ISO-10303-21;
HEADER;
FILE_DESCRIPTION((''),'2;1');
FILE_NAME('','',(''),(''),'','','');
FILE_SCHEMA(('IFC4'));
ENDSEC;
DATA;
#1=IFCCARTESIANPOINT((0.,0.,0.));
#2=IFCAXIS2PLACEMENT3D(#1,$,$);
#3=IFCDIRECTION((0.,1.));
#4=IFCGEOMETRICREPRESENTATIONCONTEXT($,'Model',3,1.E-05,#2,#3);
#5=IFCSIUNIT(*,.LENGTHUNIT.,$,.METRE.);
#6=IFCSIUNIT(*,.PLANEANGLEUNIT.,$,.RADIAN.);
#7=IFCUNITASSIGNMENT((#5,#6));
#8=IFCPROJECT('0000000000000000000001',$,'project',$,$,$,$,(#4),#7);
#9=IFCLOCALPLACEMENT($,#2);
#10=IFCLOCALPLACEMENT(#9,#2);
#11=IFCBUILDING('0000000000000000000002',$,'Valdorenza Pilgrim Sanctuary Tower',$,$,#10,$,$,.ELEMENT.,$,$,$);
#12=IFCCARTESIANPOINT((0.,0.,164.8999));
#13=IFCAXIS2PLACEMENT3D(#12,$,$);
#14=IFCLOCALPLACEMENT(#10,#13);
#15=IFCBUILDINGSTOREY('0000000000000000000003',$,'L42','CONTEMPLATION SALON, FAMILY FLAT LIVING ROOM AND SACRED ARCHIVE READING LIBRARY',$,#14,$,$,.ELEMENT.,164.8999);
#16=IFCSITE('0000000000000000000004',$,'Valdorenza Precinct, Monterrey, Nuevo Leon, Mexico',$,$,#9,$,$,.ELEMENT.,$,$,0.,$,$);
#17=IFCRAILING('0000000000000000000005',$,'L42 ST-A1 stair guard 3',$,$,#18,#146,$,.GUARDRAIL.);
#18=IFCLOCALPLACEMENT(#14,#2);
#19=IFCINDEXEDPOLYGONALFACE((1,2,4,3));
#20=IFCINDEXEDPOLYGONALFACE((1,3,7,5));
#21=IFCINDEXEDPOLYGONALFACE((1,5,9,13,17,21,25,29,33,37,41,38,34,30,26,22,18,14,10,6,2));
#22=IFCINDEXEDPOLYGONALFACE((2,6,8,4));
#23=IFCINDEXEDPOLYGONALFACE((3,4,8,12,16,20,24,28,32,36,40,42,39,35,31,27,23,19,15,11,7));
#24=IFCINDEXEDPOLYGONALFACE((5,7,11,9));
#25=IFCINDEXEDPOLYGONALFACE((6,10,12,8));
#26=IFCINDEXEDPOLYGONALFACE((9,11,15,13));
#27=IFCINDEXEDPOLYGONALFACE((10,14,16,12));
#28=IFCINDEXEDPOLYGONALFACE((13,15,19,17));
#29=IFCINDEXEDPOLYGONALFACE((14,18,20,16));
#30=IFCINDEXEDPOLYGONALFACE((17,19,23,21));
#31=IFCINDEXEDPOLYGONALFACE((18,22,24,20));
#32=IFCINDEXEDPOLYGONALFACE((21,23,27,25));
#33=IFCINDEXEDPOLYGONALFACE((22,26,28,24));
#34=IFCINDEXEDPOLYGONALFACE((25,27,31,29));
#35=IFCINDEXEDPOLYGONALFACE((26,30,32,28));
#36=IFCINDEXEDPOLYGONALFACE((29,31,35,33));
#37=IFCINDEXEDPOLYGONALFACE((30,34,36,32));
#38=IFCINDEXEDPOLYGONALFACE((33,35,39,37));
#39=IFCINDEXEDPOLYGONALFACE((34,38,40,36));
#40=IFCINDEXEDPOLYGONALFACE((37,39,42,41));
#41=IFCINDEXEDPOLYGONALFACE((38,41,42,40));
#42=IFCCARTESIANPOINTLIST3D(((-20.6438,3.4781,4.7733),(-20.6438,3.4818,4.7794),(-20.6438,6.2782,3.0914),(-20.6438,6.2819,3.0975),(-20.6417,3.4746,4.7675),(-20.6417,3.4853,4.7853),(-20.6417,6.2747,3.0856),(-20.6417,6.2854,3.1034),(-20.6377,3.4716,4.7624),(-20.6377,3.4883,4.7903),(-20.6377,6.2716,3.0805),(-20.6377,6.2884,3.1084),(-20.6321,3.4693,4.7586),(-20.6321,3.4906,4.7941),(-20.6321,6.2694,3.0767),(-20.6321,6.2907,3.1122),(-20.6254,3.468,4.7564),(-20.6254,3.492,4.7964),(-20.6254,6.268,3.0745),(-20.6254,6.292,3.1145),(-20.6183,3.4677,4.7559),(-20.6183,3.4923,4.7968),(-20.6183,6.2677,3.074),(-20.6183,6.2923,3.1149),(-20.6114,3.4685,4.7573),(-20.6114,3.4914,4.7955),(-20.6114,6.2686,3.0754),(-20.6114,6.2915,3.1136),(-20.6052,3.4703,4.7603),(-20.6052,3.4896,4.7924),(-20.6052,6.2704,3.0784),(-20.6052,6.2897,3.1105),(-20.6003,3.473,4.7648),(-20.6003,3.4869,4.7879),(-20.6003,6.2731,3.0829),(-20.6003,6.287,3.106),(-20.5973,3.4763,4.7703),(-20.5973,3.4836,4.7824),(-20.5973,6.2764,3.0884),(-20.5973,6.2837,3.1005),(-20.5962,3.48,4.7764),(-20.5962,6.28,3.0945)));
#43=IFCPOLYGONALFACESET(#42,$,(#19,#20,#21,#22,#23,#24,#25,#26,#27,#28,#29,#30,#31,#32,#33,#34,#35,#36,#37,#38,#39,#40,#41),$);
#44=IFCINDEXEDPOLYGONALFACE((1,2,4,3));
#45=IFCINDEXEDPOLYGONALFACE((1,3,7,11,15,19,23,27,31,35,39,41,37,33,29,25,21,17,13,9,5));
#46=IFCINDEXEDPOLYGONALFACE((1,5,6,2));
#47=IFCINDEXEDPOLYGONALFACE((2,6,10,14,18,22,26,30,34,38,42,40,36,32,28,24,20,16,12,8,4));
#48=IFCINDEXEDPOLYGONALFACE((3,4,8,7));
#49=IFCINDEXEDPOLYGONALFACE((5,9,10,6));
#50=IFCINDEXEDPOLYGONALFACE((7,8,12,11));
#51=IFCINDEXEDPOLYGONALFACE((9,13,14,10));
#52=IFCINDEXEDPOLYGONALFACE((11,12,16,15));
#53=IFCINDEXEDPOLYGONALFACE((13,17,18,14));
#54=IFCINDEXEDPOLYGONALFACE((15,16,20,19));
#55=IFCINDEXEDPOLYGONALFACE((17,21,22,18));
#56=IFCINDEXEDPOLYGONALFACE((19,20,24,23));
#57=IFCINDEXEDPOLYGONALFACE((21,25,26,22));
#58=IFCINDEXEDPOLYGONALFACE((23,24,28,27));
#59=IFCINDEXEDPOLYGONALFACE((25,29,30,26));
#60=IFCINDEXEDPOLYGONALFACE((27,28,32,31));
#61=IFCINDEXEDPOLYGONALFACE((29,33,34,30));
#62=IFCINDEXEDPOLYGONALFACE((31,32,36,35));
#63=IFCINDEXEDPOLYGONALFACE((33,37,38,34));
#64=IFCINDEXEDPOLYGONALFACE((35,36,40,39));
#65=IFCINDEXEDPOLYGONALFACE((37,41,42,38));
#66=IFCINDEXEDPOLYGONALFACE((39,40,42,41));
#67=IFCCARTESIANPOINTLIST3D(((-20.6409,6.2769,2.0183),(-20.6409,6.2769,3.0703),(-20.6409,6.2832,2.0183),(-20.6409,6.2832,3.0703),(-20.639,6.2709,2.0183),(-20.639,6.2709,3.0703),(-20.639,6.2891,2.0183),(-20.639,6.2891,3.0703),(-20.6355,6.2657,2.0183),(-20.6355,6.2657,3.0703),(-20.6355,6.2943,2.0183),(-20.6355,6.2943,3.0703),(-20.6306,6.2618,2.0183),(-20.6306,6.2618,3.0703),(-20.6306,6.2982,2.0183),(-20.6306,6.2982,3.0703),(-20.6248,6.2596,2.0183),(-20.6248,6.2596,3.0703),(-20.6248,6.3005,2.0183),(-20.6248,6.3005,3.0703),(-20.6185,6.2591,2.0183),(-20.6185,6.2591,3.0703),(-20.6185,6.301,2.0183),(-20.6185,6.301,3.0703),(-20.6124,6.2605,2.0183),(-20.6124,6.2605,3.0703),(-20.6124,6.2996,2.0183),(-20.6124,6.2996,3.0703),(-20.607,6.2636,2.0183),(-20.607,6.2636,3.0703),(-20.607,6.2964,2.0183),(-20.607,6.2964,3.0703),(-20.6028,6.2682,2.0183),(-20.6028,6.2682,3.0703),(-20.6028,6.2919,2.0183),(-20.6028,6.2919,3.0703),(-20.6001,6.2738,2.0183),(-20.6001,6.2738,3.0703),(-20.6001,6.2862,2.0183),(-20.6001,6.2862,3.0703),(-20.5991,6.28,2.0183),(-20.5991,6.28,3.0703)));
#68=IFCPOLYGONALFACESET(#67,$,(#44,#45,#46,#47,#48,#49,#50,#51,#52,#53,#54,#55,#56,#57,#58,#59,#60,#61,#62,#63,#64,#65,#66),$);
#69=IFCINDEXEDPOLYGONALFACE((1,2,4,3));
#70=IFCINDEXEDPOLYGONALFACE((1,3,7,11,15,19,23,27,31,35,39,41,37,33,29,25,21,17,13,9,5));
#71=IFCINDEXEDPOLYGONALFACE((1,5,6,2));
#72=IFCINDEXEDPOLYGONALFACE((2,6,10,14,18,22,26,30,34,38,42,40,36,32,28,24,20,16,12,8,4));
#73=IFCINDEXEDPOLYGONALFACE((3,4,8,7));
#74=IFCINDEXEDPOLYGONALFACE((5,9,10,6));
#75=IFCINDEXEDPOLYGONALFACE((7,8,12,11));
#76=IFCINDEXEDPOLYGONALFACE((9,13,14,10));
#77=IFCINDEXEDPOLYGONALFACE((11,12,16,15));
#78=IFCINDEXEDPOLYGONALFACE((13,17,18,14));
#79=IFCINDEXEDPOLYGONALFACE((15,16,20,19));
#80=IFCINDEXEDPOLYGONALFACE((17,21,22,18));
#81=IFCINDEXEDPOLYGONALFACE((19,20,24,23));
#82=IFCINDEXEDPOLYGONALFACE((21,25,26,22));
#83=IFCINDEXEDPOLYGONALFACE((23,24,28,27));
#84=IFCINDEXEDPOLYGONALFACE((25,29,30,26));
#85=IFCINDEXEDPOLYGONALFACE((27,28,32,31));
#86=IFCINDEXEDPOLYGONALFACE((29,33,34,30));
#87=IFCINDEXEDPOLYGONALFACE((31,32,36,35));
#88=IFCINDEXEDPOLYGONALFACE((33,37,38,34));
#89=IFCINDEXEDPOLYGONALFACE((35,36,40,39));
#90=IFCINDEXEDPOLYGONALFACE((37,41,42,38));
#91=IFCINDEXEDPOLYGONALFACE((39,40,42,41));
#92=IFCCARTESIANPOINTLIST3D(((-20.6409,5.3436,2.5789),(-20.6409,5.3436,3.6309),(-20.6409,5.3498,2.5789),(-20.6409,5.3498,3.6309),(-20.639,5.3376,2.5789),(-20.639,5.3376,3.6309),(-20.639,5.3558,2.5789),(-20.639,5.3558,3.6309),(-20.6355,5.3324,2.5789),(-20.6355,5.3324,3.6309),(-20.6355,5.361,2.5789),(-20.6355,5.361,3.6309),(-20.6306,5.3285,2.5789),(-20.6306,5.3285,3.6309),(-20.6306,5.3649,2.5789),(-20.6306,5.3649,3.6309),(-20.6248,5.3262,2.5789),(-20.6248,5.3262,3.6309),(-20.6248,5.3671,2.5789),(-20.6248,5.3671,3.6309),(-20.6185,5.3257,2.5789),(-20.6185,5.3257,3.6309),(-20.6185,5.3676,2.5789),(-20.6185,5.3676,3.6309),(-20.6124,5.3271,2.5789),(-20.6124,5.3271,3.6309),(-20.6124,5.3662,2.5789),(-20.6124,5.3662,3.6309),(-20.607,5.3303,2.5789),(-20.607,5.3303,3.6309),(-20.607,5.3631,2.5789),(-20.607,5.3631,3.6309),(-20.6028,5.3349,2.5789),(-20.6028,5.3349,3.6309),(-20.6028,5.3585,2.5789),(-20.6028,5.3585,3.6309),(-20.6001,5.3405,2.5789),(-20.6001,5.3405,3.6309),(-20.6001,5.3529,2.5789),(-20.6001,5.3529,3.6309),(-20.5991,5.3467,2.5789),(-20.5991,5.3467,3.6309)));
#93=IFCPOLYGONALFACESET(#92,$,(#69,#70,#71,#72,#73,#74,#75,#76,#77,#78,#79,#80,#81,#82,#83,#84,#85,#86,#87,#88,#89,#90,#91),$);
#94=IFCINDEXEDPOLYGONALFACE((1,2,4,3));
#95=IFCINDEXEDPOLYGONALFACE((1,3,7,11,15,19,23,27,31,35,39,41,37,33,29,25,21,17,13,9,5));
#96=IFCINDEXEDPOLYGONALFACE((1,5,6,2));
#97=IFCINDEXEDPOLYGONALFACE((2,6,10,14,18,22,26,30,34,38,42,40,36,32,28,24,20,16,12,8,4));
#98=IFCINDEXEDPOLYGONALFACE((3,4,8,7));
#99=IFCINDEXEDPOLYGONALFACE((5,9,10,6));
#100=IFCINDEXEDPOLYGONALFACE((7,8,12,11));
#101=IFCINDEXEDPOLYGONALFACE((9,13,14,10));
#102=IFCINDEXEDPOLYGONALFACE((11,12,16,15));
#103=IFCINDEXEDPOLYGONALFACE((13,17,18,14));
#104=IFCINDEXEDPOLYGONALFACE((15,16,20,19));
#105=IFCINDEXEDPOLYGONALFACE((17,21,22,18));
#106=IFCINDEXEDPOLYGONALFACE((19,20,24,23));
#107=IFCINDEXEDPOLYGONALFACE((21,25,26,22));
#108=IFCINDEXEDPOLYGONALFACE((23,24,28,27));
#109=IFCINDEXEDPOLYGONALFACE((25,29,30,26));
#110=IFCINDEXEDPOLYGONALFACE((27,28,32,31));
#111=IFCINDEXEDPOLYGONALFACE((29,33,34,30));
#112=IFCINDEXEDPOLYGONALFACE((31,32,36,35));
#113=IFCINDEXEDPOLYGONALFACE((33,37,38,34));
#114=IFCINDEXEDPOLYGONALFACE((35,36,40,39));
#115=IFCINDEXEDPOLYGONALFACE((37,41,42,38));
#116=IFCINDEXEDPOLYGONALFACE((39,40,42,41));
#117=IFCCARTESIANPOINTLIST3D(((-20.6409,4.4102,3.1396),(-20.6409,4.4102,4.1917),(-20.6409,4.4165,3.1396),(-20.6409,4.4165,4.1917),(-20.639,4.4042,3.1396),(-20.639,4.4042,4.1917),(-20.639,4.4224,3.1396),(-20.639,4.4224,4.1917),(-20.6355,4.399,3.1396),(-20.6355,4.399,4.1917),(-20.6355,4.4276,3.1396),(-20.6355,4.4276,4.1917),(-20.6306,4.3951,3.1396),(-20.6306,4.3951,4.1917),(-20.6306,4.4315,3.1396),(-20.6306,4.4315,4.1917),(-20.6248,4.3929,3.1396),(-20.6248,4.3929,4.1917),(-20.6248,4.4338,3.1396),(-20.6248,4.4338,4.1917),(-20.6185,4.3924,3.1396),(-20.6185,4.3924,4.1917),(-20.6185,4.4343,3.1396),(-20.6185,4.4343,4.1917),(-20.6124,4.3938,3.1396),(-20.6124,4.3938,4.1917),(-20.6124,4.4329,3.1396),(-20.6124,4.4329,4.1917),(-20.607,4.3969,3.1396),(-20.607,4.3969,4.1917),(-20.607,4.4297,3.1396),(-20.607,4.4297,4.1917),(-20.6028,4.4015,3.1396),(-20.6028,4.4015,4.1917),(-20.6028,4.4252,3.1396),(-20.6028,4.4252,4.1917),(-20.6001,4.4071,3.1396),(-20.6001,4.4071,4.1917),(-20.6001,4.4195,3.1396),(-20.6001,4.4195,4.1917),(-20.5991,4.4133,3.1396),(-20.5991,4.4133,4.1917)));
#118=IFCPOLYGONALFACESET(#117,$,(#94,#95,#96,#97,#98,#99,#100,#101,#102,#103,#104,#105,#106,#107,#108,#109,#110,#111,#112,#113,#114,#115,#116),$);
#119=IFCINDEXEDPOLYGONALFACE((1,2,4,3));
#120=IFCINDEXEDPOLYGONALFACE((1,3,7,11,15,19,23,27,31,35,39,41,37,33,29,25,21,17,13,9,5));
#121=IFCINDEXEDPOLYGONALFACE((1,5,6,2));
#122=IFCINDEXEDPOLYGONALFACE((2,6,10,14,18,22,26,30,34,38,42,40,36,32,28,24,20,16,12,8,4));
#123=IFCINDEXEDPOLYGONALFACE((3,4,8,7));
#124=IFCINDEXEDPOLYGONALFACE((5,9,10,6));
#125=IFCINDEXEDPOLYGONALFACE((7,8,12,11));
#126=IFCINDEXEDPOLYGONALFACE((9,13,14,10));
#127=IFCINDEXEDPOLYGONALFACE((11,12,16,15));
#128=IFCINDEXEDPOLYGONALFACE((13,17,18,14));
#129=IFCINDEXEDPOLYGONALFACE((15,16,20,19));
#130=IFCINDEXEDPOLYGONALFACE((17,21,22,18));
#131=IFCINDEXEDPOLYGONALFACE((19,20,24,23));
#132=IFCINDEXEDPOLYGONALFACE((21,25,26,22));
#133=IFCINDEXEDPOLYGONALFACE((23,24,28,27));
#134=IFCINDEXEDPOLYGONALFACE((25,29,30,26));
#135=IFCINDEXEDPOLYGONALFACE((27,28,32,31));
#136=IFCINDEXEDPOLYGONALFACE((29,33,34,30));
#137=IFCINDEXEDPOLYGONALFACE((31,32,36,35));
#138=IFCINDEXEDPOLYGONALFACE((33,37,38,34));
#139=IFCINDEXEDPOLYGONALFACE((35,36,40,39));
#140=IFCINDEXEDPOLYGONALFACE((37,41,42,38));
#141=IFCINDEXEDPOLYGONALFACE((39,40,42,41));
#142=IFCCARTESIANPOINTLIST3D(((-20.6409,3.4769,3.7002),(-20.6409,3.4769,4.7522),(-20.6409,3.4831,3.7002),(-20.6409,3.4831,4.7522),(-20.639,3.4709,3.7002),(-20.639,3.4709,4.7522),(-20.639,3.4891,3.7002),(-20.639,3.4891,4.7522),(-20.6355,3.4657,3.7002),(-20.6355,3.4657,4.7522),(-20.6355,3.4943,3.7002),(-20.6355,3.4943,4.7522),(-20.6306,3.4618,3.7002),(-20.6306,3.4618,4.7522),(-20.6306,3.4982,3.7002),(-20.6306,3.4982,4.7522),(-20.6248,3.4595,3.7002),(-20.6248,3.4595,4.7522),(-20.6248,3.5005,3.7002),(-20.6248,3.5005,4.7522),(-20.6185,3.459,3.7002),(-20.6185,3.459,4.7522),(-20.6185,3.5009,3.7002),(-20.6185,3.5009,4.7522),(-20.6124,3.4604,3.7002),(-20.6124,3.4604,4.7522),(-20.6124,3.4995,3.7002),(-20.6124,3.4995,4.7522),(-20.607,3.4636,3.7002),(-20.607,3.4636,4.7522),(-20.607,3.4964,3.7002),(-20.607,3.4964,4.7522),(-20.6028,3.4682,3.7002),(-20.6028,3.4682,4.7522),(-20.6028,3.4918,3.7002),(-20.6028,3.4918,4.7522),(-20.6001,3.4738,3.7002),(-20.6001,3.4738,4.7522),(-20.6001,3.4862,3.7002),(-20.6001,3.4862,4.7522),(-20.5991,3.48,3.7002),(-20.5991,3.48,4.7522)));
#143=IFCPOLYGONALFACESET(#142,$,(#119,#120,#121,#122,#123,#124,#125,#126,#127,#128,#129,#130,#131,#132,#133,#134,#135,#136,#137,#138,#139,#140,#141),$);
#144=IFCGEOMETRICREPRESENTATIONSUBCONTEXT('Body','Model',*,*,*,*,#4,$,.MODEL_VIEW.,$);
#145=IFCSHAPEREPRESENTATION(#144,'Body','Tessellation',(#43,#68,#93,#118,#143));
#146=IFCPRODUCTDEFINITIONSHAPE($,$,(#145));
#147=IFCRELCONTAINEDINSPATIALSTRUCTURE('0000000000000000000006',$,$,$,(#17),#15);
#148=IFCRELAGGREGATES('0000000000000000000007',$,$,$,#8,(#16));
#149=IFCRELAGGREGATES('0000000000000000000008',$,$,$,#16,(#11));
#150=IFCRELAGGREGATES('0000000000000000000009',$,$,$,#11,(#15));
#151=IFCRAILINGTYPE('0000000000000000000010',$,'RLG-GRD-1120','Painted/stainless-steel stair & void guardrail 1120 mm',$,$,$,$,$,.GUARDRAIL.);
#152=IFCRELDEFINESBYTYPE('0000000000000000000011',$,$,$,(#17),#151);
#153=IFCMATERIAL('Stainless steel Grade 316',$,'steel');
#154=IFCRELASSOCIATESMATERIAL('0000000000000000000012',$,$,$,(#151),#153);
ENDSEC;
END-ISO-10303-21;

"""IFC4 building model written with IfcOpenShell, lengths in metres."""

from ifc_helpers import new_model, si_unit, direction, frame, origin, origin_2d, place, context, subcontext, project, spatial, circle, extrude, material, type_object, element, save


model = new_model("IFC4")

# Units and contexts
model_context = context("Model", 3, precision=1e-05, world=origin(), true_north=direction((0.0, 1.0)))
body_context = subcontext(model_context, "Body", "Model", "MODEL_VIEW")
ifc_project = project(units=[si_unit("LENGTHUNIT", "METRE"), si_unit("PLANEANGLEUNIT", "RADIAN")], contexts=[model_context])

# Site, building, storey
site_placement = place(None, origin())
site = spatial("IfcSite", under=ifc_project, at=site_placement, Name="Valdorenza Precinct, Monterrey, Nuevo Leon, Mexico", CompositionType="ELEMENT", RefElevation=0.0)
building_placement = place(site_placement, origin())
building = spatial("IfcBuilding", under=site, at=building_placement, Name="Valdorenza Pilgrim Sanctuary Tower", CompositionType="ELEMENT")
storey_placement = place(building_placement, frame((0.0, 0.0, 164.8999)))
storey = spatial("IfcBuildingStorey", under=building, at=storey_placement, Name="L42", Description="CONTEMPLATION SALON, FAMILY FLAT LIVING ROOM AND SACRED ARCHIVE READING LIBRARY", CompositionType="ELEMENT", Elevation=164.8999)

# Railing
ifc_material_1 = material(Name="Stainless steel Grade 316", Category="steel")
railing_type_1 = type_object("IfcRailingType", Name="RLG-GRD-1120", Description="Painted/stainless-steel stair & void guardrail 1120 mm", PredefinedType="GUARDRAIL", material=ifc_material_1)
railing_1_placement = place(storey_placement, frame((-20.6201, 6.28, 2.0183)))
element("IfcRailing", 1, at=railing_1_placement, inside=storey, type_object=railing_type_1, Name="L42 ST-A1 stair guard 3", PredefinedType="GUARDRAIL", context=body_context, shape_type="SweptSolid", body=[
    extrude(circle(Radius=0.0239, at=origin_2d()), frame((0.0, 0.0, 1.0762), z_axis=(0.0, -0.857242, 0.514913), x_axis=(1.0, 0.0, 0.0)), (0.0, 0.0, 1.0), 3.2664),
    extrude(circle(Radius=0.021, at=origin_2d()), origin(), (0.0, 0.0, 1.0), 1.052),
    extrude(circle(Radius=0.021, at=origin_2d()), frame((0.0, -0.9333, 0.5605)), (0.0, 0.0, 1.0), 1.052),
    extrude(circle(Radius=0.021, at=origin_2d()), frame((0.0, -1.8667, 1.1213)), (0.0, 0.0, 1.0), 1.052),
    extrude(circle(Radius=0.021, at=origin_2d()), frame((0.0, -2.8, 1.6819)), (0.0, 0.0, 1.0), 1.052),
])

save(model, "model.ifc")
